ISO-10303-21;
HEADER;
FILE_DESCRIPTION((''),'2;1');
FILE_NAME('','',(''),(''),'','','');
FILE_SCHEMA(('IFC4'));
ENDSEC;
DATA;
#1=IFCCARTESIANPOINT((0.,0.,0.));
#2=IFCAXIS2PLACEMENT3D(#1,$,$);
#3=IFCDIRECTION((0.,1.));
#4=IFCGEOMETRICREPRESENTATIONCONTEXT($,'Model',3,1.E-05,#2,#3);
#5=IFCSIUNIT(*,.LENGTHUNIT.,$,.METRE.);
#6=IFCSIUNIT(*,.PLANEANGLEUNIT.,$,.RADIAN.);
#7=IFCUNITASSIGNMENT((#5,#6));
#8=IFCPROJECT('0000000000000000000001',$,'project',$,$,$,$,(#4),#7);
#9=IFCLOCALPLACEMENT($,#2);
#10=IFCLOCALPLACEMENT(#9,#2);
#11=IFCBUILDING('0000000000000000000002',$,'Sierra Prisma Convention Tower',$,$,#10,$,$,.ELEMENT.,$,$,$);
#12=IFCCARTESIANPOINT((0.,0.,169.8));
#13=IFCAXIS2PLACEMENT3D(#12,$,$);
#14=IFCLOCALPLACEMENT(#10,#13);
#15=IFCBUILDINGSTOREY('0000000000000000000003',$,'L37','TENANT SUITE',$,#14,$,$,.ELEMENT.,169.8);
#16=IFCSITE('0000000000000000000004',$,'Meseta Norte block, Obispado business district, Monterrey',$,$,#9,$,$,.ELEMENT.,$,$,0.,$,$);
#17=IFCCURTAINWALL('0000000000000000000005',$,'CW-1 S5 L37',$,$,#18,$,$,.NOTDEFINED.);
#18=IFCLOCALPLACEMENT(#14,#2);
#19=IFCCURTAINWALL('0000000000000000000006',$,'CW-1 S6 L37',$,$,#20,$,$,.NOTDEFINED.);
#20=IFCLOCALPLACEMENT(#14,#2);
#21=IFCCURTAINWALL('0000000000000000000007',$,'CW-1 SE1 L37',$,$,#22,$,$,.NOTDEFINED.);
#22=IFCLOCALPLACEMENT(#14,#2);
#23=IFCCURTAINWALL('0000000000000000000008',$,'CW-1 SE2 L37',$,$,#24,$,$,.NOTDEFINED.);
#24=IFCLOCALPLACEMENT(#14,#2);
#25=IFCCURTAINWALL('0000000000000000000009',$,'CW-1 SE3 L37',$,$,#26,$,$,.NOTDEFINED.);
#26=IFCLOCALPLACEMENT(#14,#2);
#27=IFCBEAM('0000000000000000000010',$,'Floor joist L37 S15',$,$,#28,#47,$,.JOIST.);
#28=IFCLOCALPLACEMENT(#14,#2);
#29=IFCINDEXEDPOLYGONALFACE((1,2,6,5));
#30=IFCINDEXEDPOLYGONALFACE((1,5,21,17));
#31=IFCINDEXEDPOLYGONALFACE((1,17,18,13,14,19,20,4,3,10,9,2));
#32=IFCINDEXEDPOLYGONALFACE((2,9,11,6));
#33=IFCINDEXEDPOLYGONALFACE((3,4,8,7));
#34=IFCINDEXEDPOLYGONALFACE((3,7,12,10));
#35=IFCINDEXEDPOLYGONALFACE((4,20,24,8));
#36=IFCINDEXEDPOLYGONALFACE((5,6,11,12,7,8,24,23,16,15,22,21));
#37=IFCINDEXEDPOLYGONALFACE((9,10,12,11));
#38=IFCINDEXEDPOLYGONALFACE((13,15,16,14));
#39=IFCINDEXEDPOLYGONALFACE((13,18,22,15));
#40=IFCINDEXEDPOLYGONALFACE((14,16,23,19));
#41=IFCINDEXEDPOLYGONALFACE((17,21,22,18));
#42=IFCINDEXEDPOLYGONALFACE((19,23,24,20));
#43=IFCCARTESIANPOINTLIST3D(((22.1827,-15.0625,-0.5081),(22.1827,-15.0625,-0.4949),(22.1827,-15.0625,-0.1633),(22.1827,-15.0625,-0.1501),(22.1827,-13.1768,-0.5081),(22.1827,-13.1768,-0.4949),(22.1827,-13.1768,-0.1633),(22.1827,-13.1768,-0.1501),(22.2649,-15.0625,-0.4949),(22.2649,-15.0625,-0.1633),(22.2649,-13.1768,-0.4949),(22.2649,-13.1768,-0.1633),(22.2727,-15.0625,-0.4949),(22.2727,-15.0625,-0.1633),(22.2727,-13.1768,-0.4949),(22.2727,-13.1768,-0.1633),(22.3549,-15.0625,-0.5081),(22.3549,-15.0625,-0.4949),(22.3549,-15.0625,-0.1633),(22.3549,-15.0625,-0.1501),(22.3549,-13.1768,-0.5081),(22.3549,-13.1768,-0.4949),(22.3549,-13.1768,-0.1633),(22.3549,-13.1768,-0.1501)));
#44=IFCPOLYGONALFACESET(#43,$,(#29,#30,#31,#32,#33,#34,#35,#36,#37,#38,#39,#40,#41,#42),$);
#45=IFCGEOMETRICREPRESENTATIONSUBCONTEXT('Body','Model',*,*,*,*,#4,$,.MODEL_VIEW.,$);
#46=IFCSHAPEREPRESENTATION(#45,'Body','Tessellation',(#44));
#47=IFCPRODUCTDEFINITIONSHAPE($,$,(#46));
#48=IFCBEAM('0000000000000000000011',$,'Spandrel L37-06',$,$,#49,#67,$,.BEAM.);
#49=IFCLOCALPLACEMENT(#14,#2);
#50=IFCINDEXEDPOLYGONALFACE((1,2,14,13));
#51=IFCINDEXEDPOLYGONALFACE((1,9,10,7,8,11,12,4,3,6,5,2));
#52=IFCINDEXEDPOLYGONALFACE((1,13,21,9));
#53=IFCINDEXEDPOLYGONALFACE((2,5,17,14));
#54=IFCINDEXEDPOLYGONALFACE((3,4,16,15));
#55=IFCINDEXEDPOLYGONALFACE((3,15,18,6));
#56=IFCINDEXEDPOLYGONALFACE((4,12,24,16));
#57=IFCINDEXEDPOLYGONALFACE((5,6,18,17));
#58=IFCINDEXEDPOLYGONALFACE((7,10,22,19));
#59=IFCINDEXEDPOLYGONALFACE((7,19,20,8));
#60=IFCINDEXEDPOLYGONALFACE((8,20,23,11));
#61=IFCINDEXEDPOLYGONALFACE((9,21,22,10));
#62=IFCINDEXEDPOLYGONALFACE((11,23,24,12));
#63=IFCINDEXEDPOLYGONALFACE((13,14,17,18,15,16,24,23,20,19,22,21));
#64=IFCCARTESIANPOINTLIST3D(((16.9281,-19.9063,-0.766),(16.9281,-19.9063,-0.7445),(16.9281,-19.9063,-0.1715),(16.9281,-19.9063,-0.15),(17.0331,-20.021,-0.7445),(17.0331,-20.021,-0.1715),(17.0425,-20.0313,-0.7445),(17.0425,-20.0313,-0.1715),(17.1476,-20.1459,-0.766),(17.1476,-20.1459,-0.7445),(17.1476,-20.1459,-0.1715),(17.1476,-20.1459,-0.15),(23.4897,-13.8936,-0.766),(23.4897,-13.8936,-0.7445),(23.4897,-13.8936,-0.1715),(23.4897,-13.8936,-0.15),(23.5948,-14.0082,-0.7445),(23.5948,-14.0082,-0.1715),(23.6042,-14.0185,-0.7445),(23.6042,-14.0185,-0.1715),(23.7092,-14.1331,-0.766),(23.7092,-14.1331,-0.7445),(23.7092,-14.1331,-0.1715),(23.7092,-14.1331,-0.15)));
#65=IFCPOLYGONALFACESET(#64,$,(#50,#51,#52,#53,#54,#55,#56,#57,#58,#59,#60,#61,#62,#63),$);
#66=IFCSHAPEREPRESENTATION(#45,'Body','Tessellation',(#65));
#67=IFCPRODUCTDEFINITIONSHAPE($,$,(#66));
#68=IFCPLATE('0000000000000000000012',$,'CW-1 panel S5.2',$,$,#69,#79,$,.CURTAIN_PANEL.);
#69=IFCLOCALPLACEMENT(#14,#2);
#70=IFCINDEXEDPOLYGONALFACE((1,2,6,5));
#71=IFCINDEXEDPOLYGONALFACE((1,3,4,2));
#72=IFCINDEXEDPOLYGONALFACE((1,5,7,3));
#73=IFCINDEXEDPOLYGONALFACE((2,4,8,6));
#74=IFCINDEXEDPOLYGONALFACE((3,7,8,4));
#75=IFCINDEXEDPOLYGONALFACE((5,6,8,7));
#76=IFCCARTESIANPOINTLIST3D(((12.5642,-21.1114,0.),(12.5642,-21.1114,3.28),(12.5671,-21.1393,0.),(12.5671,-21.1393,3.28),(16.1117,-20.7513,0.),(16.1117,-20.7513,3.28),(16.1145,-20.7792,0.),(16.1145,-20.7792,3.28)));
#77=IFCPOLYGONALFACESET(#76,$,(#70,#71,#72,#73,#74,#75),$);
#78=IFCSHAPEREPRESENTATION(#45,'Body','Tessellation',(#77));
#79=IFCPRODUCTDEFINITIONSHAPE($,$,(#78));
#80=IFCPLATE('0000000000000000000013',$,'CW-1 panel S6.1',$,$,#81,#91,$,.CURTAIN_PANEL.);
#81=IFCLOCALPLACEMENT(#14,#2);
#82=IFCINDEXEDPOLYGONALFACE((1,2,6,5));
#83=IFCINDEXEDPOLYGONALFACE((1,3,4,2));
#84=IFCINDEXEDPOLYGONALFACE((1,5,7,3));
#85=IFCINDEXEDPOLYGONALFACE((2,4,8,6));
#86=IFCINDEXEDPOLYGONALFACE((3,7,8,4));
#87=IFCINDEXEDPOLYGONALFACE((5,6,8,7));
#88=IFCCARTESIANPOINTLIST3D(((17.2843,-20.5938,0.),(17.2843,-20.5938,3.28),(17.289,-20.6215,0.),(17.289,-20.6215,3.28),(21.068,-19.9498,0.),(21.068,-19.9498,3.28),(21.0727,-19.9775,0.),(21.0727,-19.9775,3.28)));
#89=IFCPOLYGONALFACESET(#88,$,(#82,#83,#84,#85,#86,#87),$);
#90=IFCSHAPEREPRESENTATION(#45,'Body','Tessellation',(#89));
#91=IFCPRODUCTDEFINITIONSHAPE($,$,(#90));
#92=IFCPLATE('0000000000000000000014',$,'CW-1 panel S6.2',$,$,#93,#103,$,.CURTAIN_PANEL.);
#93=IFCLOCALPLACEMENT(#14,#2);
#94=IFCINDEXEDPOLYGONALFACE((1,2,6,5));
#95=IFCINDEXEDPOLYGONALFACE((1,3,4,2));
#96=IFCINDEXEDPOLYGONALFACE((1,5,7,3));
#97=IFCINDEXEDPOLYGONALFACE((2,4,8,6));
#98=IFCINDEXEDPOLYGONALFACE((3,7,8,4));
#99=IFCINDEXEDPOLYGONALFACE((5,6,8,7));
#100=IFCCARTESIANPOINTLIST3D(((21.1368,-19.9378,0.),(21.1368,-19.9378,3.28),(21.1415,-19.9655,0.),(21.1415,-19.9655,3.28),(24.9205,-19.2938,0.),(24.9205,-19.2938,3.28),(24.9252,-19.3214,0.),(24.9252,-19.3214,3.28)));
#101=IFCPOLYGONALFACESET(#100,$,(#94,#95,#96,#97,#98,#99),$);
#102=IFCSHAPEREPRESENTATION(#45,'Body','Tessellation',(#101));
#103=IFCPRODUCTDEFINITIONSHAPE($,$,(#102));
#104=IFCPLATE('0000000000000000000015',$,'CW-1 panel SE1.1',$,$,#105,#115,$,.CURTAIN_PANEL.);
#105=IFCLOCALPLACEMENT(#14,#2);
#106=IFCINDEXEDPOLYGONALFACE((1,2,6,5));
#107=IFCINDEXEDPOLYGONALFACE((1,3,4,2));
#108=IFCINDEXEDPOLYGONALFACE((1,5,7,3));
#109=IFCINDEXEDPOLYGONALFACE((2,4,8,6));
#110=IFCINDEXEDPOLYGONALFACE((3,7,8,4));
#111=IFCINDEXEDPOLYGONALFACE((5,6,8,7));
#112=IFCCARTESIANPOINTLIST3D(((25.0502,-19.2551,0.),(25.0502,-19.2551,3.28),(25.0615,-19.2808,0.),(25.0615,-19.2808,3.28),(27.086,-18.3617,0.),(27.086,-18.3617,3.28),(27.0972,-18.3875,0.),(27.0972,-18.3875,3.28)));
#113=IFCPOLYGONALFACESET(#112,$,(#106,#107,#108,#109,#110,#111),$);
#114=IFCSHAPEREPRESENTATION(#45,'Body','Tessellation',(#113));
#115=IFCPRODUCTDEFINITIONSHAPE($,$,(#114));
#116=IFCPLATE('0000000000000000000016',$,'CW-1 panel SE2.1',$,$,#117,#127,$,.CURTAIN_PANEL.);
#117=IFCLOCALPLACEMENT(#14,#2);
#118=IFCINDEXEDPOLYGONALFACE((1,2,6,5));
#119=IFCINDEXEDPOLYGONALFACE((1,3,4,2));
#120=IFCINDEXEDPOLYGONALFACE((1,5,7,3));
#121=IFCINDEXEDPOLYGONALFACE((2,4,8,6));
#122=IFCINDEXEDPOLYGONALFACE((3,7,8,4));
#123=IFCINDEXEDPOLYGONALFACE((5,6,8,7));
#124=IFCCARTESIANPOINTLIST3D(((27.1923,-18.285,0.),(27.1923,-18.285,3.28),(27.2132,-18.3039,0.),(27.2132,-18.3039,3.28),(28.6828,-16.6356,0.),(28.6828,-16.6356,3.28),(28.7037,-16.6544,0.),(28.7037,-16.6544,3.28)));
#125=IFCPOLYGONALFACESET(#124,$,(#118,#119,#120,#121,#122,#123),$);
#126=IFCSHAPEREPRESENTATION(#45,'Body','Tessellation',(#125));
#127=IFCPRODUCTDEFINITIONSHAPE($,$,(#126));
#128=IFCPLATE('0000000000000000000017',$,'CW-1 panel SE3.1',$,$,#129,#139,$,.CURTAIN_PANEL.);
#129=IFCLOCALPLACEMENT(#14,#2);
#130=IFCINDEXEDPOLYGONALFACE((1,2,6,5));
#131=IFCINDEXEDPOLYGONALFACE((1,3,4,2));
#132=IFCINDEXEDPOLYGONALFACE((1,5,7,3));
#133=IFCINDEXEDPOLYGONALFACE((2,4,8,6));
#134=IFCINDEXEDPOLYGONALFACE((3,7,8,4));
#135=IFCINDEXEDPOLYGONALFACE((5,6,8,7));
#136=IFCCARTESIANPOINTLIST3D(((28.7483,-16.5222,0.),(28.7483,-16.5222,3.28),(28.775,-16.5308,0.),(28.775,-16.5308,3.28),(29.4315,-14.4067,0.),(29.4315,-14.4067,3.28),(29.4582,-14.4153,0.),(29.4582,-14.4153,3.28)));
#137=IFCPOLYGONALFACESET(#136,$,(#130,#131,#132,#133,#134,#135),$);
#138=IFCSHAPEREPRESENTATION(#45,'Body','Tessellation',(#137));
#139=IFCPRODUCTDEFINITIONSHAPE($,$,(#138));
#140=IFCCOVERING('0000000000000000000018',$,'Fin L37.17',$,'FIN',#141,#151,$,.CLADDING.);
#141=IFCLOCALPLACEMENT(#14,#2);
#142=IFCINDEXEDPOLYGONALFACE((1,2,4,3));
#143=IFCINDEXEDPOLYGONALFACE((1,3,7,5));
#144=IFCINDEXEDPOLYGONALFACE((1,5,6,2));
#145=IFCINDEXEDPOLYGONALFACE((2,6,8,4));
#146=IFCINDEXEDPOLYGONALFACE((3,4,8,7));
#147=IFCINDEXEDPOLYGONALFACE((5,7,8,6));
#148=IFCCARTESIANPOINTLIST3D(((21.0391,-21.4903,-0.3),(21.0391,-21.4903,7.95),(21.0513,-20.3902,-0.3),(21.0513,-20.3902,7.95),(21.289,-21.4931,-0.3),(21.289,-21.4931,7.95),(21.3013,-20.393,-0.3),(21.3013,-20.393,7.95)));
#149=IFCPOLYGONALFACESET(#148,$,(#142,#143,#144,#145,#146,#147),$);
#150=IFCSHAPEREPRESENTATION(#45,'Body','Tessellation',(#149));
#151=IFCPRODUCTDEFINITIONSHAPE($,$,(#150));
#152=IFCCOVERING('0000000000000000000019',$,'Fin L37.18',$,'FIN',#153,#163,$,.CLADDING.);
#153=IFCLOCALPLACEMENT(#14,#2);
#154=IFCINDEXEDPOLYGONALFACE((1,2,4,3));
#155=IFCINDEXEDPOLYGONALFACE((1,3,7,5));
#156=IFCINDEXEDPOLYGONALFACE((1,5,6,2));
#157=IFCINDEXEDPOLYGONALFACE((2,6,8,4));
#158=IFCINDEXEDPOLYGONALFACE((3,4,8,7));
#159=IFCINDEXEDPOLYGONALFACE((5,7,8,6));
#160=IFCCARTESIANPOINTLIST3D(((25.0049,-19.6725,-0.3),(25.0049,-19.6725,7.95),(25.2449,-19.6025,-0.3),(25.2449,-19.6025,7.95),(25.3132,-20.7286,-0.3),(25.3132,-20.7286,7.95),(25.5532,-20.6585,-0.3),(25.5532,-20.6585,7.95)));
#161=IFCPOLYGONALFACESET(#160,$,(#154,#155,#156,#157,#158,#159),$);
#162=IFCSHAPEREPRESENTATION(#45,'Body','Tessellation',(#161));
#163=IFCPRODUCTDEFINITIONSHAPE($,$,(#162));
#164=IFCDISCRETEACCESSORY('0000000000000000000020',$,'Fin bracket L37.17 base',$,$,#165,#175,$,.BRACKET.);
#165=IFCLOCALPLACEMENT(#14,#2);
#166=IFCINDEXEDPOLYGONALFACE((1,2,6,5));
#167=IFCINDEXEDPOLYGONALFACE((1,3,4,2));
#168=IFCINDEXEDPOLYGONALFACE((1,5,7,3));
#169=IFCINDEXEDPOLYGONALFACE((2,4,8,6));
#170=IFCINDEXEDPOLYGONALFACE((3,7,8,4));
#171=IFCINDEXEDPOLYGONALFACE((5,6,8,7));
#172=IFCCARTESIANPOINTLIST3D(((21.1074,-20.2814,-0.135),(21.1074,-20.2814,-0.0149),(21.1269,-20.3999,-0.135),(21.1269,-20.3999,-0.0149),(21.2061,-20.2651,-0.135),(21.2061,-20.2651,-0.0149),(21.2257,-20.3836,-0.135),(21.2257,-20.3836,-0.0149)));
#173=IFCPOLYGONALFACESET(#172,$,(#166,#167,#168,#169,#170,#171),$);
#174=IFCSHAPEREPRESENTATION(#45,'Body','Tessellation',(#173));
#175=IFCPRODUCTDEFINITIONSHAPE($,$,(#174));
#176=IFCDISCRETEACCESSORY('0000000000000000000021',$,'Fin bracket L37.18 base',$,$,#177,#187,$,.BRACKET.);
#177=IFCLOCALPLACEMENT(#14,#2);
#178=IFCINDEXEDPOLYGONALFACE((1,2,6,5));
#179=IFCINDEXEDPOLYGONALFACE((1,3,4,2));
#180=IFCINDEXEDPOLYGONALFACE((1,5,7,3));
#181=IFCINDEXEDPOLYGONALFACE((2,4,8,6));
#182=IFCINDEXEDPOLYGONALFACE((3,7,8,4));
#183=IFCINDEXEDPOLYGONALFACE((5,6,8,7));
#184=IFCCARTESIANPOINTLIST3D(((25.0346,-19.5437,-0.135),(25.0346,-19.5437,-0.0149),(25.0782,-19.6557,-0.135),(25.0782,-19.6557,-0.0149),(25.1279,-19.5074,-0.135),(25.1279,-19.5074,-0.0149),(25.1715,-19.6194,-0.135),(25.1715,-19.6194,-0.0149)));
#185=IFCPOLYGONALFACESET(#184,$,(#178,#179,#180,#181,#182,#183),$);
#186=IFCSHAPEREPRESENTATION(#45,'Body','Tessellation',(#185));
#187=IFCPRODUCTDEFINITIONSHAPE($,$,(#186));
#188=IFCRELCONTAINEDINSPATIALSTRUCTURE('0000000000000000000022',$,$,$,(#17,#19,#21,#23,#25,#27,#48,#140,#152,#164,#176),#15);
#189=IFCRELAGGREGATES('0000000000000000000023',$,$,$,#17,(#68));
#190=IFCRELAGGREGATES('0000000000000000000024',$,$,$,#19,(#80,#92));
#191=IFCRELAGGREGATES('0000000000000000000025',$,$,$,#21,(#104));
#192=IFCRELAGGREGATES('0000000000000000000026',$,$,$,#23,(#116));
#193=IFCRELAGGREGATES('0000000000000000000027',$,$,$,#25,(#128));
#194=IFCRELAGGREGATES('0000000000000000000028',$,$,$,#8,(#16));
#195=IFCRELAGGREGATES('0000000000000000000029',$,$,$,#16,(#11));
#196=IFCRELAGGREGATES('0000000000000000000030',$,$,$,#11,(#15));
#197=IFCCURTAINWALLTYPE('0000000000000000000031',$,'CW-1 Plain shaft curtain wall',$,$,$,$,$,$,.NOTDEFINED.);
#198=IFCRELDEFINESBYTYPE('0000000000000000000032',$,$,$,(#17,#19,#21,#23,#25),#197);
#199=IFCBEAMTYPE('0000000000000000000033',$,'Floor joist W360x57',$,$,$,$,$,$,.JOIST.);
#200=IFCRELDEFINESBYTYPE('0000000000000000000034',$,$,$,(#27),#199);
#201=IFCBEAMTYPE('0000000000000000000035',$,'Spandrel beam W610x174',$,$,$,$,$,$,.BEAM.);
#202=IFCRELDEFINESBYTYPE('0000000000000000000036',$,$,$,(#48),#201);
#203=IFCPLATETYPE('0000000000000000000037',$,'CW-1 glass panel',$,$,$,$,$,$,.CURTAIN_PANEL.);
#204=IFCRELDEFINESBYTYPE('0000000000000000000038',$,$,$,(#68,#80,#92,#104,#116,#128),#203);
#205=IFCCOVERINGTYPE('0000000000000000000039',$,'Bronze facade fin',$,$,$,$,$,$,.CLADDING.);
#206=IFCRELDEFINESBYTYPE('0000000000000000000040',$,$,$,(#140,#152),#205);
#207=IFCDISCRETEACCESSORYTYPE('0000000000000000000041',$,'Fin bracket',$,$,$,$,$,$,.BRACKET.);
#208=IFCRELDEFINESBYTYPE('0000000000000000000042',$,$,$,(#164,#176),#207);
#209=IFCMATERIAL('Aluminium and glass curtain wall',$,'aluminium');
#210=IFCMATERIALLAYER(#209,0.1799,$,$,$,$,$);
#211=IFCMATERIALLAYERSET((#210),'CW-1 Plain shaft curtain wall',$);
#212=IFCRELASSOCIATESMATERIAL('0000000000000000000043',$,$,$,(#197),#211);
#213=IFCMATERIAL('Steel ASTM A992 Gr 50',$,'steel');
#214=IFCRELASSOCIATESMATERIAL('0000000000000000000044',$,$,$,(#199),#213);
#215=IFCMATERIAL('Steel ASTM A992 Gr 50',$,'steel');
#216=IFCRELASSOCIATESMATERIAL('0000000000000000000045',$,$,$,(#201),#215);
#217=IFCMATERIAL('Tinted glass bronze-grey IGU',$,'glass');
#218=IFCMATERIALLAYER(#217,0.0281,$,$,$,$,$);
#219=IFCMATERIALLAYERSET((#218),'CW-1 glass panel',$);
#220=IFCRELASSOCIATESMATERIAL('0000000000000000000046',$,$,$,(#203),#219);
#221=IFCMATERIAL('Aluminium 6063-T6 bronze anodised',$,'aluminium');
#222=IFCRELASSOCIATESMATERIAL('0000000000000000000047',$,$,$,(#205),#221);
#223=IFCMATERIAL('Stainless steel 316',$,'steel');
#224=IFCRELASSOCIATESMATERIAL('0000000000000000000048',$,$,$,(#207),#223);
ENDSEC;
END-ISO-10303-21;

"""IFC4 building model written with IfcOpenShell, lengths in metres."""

from ifc_helpers import new_model, si_unit, direction, frame, origin, origin_2d, place, context, subcontext, project, spatial, rectangle, i_section, extrude, material, layer, layer_set, material_profile, profile_set, type_object, element, aggregate, save


model = new_model("IFC4")

# Units and contexts
model_context = context("Model", 3, precision=1e-05, world=origin(), true_north=direction((0.0, 1.0)))
body_context = subcontext(model_context, "Body", "Model", "MODEL_VIEW")
ifc_project = project(units=[si_unit("LENGTHUNIT", "METRE"), si_unit("PLANEANGLEUNIT", "RADIAN")], contexts=[model_context])

# Site, building, storey
site_placement = place(None, origin())
site = spatial("IfcSite", under=ifc_project, at=site_placement, Name="Meseta Norte block, Obispado business district, Monterrey", CompositionType="ELEMENT", RefElevation=0.0)
building_placement = place(site_placement, origin())
building = spatial("IfcBuilding", under=site, at=building_placement, Name="Sierra Prisma Convention Tower", CompositionType="ELEMENT")
storey_placement = place(building_placement, frame((0.0, 0.0, 169.8)))
storey = spatial("IfcBuildingStorey", under=building, at=storey_placement, Name="L37", Description="TENANT SUITE", CompositionType="ELEMENT", Elevation=169.8)

# Curtain walls
ifc_material_1 = material(Name="Aluminium and glass curtain wall", Category="aluminium")
ifc_layer_1 = layer(ifc_material_1, 0.1799)
ifc_layer_set_1 = layer_set([ifc_layer_1], Name="CW-1 Plain shaft curtain wall")
curtain_wall_type = type_object("IfcCurtainWallType", Name="CW-1 Plain shaft curtain wall", PredefinedType="NOTDEFINED", material=ifc_layer_set_1)
curtain_wall_1_placement = place(storey_placement, origin())
curtain_wall_1 = element("IfcCurtainWall", 1, at=curtain_wall_1_placement, inside=storey, type_object=curtain_wall_type, Name="CW-1 S5 L37", PredefinedType="NOTDEFINED")
curtain_wall_2_placement = place(storey_placement, origin())
curtain_wall_2 = element("IfcCurtainWall", 2, at=curtain_wall_2_placement, inside=storey, type_object=curtain_wall_type, Name="CW-1 S6 L37", PredefinedType="NOTDEFINED")
curtain_wall_3_placement = place(storey_placement, origin())
curtain_wall_3 = element("IfcCurtainWall", 3, at=curtain_wall_3_placement, inside=storey, type_object=curtain_wall_type, Name="CW-1 SE1 L37", PredefinedType="NOTDEFINED")
curtain_wall_4_placement = place(storey_placement, origin())
curtain_wall_4 = element("IfcCurtainWall", 4, at=curtain_wall_4_placement, inside=storey, type_object=curtain_wall_type, Name="CW-1 SE2 L37", PredefinedType="NOTDEFINED")
curtain_wall_5_placement = place(storey_placement, origin())
curtain_wall_5 = element("IfcCurtainWall", 5, at=curtain_wall_5_placement, inside=storey, type_object=curtain_wall_type, Name="CW-1 SE3 L37", PredefinedType="NOTDEFINED")

# Beams
ifc_material_2 = material(Name="Steel ASTM A992 Gr 50", Category="steel")
ifc_material_profile_1 = material_profile(ifc_material_2, i_section(OverallWidth=0.1721, OverallDepth=0.3579, WebThickness=0.0078, FlangeThickness=0.0132, at=origin_2d()), Name="W360x57")
ifc_profile_set_1 = profile_set([ifc_material_profile_1], Name="Steel ASTM A992 Gr 50")
beam_type_1 = type_object("IfcBeamType", Name="Floor joist W360x57", PredefinedType="JOIST", material=ifc_profile_set_1)
beam_1_placement = place(storey_placement, frame((22.2688, -15.0625, -0.3291), z_axis=(0.0, 1.0, 0.0), x_axis=(-1.0, 0.0, 0.0)))
element("IfcBeam", 6, at=beam_1_placement, inside=storey, type_object=beam_type_1, Name="Floor joist L37 S15", PredefinedType="JOIST", context=body_context, shape_type="SweptSolid", body=[
    extrude(i_section(OverallWidth=0.1721, OverallDepth=0.3579, WebThickness=0.0078, FlangeThickness=0.0132, at=origin_2d()), origin(), (0.0, 0.0, 1.0), 1.8857),
])
ifc_material_3 = material(Name="Steel ASTM A992 Gr 50", Category="steel")
ifc_material_profile_2 = material_profile(ifc_material_3, i_section(OverallWidth=0.325, OverallDepth=0.616, WebThickness=0.0139, FlangeThickness=0.0215, at=origin_2d()), Name="W610x174")
ifc_profile_set_2 = profile_set([ifc_material_profile_2], Name="Steel ASTM A992 Gr 50")
beam_type_2 = type_object("IfcBeamType", Name="Spandrel beam W610x174", PredefinedType="BEAM", material=ifc_profile_set_2)
beam_2_placement = place(storey_placement, frame((17.0378, -20.0261, -0.458), z_axis=(0.737268, 0.6756, 0.0), x_axis=(-0.6756, 0.737268, 0.0)))
element("IfcBeam", 7, at=beam_2_placement, inside=storey, type_object=beam_type_2, Name="Spandrel L37-06", PredefinedType="BEAM", context=body_context, shape_type="SweptSolid", body=[
    extrude(i_section(OverallWidth=0.325, OverallDepth=0.616, WebThickness=0.0139, FlangeThickness=0.0215, at=origin_2d()), origin(), (0.0, 0.0, 1.0), 8.8999),
])

# Plates
ifc_material_4 = material(Name="Tinted glass bronze-grey IGU", Category="glass")
ifc_layer_2 = layer(ifc_material_4, 0.0281)
ifc_layer_set_2 = layer_set([ifc_layer_2], Name="CW-1 glass panel")
plate_type = type_object("IfcPlateType", Name="CW-1 glass panel", PredefinedType="CURTAIN_PANEL", material=ifc_layer_set_2)
plate_1_placement = place(storey_placement, frame((14.3394, -20.9453, 0.0), z_axis=(0.0, 0.0, 1.0), x_axis=(0.994888, 0.100989, 0.0)))
plate_1 = element("IfcPlate", 8, at=plate_1_placement, type_object=plate_type, Name="CW-1 panel S5.2", PredefinedType="CURTAIN_PANEL", context=body_context, shape_type="SweptSolid", body=[
    extrude(rectangle(XDim=3.5657, YDim=0.0281, at=origin_2d()), origin(), (0.0, 0.0, 1.0), 3.28),
])
aggregate(curtain_wall_1, [plate_1])
plate_2_placement = place(storey_placement, frame((19.1785, -20.2856, 0.0), z_axis=(0.0, 0.0, 1.0), x_axis=(0.98582, 0.167805, 0.0)))
plate_2 = element("IfcPlate", 9, at=plate_2_placement, type_object=plate_type, Name="CW-1 panel S6.1", PredefinedType="CURTAIN_PANEL", context=body_context, shape_type="SweptSolid", body=[
    extrude(rectangle(XDim=3.8381, YDim=0.0281, at=origin_2d()), origin(), (0.0, 0.0, 1.0), 3.28),
])
plate_3_placement = place(storey_placement, frame((23.031, -19.6296, 0.0), z_axis=(0.0, 0.0, 1.0), x_axis=(0.98582, 0.167805, 0.0)))
plate_3 = element("IfcPlate", 10, at=plate_3_placement, type_object=plate_type, Name="CW-1 panel S6.2", PredefinedType="CURTAIN_PANEL", context=body_context, shape_type="SweptSolid", body=[
    extrude(rectangle(XDim=3.8381, YDim=0.0281, at=origin_2d()), origin(), (0.0, 0.0, 1.0), 3.28),
])
aggregate(curtain_wall_2, [plate_2, plate_3])
plate_4_placement = place(storey_placement, frame((26.0737, -18.8213, 0.0), z_axis=(0.0, 0.0, 1.0), x_axis=(0.915703, 0.401855, 0.0)))
plate_4 = element("IfcPlate", 11, at=plate_4_placement, type_object=plate_type, Name="CW-1 panel SE1.1", PredefinedType="CURTAIN_PANEL", context=body_context, shape_type="SweptSolid", body=[
    extrude(rectangle(XDim=2.2231, YDim=0.0281, at=origin_2d()), origin(), (0.0, 0.0, 1.0), 3.28),
])
aggregate(curtain_wall_3, [plate_4])
plate_5_placement = place(storey_placement, frame((27.948, -17.4697, 0.0), z_axis=(0.0, 0.0, 1.0), x_axis=(0.670452, 0.741953, 0.0)))
plate_5 = element("IfcPlate", 12, at=plate_5_placement, type_object=plate_type, Name="CW-1 panel SE2.1", PredefinedType="CURTAIN_PANEL", context=body_context, shape_type="SweptSolid", body=[
    extrude(rectangle(XDim=2.2231, YDim=0.0281, at=origin_2d()), origin(), (0.0, 0.0, 1.0), 3.28),
])
aggregate(curtain_wall_4, [plate_5])
plate_6_placement = place(storey_placement, frame((29.1033, -15.4688, 0.0), z_axis=(0.0, 0.0, 1.0), x_axis=(0.307325, 0.951605, 0.0)))
plate_6 = element("IfcPlate", 13, at=plate_6_placement, type_object=plate_type, Name="CW-1 panel SE3.1", PredefinedType="CURTAIN_PANEL", context=body_context, shape_type="SweptSolid", body=[
    extrude(rectangle(XDim=2.2231, YDim=0.0281, at=origin_2d()), origin(), (0.0, 0.0, 1.0), 3.28),
])
aggregate(curtain_wall_5, [plate_6])

# Coverings
ifc_material_5 = material(Name="Aluminium 6063-T6 bronze anodised", Category="aluminium")
ifc_material_profile_3 = material_profile(ifc_material_5, rectangle(XDim=1.1001, YDim=0.25, at=origin_2d()), Name="ALU FIN 1100x250")
ifc_profile_set_3 = profile_set([ifc_material_profile_3], Name="Aluminium 6063-T6 bronze anodised")
covering_type = type_object("IfcCoveringType", Name="Bronze facade fin", PredefinedType="CLADDING", material=ifc_profile_set_3)
for number, where, z_axis, x_axis, name in (
    (14, (21.1702, -20.9417, -0.3), (0.0, 0.0, 1.0), (-0.011118, -0.999938, 0.0), "Fin L37.17"),
    (15, (25.2791, -20.1655, -0.3), (0.0, 0.0, 1.0), (0.280228, -0.959933, 0.0), "Fin L37.18"),
):
    element("IfcCovering", number, at=place(storey_placement, frame(where, z_axis=z_axis, x_axis=x_axis)), inside=storey, type_object=covering_type, Name=name, ObjectType="FIN", PredefinedType="CLADDING", context=body_context, shape_type="SweptSolid", body=[
        extrude(rectangle(XDim=1.1001, YDim=0.25, at=origin_2d()), origin(), (0.0, 0.0, 1.0), 8.25),
    ])

# Discrete accessories
ifc_material_6 = material(Name="Stainless steel 316", Category="steel")
discrete_accessory_type = type_object("IfcDiscreteAccessoryType", Name="Fin bracket", PredefinedType="BRACKET", material=ifc_material_6)
for number, where, z_axis, x_axis, name in (
    (16, (21.1665, -20.3325, -0.135), (0.0, 0.0, 1.0), (0.162689, -0.986677, 0.0), "Fin bracket L37.17 base"),
    (17, (25.103, -19.5815, -0.135), (0.0, 0.0, 1.0), (0.362825, -0.931857, 0.0), "Fin bracket L37.18 base"),
):
    element("IfcDiscreteAccessory", number, at=place(storey_placement, frame(where, z_axis=z_axis, x_axis=x_axis)), inside=storey, type_object=discrete_accessory_type, Name=name, PredefinedType="BRACKET", context=body_context, shape_type="SweptSolid", body=[
        extrude(rectangle(XDim=0.1201, YDim=0.1001, at=origin_2d()), origin(), (0.0, 0.0, 1.0), 0.1201),
    ])

save(model, "model.ifc")
